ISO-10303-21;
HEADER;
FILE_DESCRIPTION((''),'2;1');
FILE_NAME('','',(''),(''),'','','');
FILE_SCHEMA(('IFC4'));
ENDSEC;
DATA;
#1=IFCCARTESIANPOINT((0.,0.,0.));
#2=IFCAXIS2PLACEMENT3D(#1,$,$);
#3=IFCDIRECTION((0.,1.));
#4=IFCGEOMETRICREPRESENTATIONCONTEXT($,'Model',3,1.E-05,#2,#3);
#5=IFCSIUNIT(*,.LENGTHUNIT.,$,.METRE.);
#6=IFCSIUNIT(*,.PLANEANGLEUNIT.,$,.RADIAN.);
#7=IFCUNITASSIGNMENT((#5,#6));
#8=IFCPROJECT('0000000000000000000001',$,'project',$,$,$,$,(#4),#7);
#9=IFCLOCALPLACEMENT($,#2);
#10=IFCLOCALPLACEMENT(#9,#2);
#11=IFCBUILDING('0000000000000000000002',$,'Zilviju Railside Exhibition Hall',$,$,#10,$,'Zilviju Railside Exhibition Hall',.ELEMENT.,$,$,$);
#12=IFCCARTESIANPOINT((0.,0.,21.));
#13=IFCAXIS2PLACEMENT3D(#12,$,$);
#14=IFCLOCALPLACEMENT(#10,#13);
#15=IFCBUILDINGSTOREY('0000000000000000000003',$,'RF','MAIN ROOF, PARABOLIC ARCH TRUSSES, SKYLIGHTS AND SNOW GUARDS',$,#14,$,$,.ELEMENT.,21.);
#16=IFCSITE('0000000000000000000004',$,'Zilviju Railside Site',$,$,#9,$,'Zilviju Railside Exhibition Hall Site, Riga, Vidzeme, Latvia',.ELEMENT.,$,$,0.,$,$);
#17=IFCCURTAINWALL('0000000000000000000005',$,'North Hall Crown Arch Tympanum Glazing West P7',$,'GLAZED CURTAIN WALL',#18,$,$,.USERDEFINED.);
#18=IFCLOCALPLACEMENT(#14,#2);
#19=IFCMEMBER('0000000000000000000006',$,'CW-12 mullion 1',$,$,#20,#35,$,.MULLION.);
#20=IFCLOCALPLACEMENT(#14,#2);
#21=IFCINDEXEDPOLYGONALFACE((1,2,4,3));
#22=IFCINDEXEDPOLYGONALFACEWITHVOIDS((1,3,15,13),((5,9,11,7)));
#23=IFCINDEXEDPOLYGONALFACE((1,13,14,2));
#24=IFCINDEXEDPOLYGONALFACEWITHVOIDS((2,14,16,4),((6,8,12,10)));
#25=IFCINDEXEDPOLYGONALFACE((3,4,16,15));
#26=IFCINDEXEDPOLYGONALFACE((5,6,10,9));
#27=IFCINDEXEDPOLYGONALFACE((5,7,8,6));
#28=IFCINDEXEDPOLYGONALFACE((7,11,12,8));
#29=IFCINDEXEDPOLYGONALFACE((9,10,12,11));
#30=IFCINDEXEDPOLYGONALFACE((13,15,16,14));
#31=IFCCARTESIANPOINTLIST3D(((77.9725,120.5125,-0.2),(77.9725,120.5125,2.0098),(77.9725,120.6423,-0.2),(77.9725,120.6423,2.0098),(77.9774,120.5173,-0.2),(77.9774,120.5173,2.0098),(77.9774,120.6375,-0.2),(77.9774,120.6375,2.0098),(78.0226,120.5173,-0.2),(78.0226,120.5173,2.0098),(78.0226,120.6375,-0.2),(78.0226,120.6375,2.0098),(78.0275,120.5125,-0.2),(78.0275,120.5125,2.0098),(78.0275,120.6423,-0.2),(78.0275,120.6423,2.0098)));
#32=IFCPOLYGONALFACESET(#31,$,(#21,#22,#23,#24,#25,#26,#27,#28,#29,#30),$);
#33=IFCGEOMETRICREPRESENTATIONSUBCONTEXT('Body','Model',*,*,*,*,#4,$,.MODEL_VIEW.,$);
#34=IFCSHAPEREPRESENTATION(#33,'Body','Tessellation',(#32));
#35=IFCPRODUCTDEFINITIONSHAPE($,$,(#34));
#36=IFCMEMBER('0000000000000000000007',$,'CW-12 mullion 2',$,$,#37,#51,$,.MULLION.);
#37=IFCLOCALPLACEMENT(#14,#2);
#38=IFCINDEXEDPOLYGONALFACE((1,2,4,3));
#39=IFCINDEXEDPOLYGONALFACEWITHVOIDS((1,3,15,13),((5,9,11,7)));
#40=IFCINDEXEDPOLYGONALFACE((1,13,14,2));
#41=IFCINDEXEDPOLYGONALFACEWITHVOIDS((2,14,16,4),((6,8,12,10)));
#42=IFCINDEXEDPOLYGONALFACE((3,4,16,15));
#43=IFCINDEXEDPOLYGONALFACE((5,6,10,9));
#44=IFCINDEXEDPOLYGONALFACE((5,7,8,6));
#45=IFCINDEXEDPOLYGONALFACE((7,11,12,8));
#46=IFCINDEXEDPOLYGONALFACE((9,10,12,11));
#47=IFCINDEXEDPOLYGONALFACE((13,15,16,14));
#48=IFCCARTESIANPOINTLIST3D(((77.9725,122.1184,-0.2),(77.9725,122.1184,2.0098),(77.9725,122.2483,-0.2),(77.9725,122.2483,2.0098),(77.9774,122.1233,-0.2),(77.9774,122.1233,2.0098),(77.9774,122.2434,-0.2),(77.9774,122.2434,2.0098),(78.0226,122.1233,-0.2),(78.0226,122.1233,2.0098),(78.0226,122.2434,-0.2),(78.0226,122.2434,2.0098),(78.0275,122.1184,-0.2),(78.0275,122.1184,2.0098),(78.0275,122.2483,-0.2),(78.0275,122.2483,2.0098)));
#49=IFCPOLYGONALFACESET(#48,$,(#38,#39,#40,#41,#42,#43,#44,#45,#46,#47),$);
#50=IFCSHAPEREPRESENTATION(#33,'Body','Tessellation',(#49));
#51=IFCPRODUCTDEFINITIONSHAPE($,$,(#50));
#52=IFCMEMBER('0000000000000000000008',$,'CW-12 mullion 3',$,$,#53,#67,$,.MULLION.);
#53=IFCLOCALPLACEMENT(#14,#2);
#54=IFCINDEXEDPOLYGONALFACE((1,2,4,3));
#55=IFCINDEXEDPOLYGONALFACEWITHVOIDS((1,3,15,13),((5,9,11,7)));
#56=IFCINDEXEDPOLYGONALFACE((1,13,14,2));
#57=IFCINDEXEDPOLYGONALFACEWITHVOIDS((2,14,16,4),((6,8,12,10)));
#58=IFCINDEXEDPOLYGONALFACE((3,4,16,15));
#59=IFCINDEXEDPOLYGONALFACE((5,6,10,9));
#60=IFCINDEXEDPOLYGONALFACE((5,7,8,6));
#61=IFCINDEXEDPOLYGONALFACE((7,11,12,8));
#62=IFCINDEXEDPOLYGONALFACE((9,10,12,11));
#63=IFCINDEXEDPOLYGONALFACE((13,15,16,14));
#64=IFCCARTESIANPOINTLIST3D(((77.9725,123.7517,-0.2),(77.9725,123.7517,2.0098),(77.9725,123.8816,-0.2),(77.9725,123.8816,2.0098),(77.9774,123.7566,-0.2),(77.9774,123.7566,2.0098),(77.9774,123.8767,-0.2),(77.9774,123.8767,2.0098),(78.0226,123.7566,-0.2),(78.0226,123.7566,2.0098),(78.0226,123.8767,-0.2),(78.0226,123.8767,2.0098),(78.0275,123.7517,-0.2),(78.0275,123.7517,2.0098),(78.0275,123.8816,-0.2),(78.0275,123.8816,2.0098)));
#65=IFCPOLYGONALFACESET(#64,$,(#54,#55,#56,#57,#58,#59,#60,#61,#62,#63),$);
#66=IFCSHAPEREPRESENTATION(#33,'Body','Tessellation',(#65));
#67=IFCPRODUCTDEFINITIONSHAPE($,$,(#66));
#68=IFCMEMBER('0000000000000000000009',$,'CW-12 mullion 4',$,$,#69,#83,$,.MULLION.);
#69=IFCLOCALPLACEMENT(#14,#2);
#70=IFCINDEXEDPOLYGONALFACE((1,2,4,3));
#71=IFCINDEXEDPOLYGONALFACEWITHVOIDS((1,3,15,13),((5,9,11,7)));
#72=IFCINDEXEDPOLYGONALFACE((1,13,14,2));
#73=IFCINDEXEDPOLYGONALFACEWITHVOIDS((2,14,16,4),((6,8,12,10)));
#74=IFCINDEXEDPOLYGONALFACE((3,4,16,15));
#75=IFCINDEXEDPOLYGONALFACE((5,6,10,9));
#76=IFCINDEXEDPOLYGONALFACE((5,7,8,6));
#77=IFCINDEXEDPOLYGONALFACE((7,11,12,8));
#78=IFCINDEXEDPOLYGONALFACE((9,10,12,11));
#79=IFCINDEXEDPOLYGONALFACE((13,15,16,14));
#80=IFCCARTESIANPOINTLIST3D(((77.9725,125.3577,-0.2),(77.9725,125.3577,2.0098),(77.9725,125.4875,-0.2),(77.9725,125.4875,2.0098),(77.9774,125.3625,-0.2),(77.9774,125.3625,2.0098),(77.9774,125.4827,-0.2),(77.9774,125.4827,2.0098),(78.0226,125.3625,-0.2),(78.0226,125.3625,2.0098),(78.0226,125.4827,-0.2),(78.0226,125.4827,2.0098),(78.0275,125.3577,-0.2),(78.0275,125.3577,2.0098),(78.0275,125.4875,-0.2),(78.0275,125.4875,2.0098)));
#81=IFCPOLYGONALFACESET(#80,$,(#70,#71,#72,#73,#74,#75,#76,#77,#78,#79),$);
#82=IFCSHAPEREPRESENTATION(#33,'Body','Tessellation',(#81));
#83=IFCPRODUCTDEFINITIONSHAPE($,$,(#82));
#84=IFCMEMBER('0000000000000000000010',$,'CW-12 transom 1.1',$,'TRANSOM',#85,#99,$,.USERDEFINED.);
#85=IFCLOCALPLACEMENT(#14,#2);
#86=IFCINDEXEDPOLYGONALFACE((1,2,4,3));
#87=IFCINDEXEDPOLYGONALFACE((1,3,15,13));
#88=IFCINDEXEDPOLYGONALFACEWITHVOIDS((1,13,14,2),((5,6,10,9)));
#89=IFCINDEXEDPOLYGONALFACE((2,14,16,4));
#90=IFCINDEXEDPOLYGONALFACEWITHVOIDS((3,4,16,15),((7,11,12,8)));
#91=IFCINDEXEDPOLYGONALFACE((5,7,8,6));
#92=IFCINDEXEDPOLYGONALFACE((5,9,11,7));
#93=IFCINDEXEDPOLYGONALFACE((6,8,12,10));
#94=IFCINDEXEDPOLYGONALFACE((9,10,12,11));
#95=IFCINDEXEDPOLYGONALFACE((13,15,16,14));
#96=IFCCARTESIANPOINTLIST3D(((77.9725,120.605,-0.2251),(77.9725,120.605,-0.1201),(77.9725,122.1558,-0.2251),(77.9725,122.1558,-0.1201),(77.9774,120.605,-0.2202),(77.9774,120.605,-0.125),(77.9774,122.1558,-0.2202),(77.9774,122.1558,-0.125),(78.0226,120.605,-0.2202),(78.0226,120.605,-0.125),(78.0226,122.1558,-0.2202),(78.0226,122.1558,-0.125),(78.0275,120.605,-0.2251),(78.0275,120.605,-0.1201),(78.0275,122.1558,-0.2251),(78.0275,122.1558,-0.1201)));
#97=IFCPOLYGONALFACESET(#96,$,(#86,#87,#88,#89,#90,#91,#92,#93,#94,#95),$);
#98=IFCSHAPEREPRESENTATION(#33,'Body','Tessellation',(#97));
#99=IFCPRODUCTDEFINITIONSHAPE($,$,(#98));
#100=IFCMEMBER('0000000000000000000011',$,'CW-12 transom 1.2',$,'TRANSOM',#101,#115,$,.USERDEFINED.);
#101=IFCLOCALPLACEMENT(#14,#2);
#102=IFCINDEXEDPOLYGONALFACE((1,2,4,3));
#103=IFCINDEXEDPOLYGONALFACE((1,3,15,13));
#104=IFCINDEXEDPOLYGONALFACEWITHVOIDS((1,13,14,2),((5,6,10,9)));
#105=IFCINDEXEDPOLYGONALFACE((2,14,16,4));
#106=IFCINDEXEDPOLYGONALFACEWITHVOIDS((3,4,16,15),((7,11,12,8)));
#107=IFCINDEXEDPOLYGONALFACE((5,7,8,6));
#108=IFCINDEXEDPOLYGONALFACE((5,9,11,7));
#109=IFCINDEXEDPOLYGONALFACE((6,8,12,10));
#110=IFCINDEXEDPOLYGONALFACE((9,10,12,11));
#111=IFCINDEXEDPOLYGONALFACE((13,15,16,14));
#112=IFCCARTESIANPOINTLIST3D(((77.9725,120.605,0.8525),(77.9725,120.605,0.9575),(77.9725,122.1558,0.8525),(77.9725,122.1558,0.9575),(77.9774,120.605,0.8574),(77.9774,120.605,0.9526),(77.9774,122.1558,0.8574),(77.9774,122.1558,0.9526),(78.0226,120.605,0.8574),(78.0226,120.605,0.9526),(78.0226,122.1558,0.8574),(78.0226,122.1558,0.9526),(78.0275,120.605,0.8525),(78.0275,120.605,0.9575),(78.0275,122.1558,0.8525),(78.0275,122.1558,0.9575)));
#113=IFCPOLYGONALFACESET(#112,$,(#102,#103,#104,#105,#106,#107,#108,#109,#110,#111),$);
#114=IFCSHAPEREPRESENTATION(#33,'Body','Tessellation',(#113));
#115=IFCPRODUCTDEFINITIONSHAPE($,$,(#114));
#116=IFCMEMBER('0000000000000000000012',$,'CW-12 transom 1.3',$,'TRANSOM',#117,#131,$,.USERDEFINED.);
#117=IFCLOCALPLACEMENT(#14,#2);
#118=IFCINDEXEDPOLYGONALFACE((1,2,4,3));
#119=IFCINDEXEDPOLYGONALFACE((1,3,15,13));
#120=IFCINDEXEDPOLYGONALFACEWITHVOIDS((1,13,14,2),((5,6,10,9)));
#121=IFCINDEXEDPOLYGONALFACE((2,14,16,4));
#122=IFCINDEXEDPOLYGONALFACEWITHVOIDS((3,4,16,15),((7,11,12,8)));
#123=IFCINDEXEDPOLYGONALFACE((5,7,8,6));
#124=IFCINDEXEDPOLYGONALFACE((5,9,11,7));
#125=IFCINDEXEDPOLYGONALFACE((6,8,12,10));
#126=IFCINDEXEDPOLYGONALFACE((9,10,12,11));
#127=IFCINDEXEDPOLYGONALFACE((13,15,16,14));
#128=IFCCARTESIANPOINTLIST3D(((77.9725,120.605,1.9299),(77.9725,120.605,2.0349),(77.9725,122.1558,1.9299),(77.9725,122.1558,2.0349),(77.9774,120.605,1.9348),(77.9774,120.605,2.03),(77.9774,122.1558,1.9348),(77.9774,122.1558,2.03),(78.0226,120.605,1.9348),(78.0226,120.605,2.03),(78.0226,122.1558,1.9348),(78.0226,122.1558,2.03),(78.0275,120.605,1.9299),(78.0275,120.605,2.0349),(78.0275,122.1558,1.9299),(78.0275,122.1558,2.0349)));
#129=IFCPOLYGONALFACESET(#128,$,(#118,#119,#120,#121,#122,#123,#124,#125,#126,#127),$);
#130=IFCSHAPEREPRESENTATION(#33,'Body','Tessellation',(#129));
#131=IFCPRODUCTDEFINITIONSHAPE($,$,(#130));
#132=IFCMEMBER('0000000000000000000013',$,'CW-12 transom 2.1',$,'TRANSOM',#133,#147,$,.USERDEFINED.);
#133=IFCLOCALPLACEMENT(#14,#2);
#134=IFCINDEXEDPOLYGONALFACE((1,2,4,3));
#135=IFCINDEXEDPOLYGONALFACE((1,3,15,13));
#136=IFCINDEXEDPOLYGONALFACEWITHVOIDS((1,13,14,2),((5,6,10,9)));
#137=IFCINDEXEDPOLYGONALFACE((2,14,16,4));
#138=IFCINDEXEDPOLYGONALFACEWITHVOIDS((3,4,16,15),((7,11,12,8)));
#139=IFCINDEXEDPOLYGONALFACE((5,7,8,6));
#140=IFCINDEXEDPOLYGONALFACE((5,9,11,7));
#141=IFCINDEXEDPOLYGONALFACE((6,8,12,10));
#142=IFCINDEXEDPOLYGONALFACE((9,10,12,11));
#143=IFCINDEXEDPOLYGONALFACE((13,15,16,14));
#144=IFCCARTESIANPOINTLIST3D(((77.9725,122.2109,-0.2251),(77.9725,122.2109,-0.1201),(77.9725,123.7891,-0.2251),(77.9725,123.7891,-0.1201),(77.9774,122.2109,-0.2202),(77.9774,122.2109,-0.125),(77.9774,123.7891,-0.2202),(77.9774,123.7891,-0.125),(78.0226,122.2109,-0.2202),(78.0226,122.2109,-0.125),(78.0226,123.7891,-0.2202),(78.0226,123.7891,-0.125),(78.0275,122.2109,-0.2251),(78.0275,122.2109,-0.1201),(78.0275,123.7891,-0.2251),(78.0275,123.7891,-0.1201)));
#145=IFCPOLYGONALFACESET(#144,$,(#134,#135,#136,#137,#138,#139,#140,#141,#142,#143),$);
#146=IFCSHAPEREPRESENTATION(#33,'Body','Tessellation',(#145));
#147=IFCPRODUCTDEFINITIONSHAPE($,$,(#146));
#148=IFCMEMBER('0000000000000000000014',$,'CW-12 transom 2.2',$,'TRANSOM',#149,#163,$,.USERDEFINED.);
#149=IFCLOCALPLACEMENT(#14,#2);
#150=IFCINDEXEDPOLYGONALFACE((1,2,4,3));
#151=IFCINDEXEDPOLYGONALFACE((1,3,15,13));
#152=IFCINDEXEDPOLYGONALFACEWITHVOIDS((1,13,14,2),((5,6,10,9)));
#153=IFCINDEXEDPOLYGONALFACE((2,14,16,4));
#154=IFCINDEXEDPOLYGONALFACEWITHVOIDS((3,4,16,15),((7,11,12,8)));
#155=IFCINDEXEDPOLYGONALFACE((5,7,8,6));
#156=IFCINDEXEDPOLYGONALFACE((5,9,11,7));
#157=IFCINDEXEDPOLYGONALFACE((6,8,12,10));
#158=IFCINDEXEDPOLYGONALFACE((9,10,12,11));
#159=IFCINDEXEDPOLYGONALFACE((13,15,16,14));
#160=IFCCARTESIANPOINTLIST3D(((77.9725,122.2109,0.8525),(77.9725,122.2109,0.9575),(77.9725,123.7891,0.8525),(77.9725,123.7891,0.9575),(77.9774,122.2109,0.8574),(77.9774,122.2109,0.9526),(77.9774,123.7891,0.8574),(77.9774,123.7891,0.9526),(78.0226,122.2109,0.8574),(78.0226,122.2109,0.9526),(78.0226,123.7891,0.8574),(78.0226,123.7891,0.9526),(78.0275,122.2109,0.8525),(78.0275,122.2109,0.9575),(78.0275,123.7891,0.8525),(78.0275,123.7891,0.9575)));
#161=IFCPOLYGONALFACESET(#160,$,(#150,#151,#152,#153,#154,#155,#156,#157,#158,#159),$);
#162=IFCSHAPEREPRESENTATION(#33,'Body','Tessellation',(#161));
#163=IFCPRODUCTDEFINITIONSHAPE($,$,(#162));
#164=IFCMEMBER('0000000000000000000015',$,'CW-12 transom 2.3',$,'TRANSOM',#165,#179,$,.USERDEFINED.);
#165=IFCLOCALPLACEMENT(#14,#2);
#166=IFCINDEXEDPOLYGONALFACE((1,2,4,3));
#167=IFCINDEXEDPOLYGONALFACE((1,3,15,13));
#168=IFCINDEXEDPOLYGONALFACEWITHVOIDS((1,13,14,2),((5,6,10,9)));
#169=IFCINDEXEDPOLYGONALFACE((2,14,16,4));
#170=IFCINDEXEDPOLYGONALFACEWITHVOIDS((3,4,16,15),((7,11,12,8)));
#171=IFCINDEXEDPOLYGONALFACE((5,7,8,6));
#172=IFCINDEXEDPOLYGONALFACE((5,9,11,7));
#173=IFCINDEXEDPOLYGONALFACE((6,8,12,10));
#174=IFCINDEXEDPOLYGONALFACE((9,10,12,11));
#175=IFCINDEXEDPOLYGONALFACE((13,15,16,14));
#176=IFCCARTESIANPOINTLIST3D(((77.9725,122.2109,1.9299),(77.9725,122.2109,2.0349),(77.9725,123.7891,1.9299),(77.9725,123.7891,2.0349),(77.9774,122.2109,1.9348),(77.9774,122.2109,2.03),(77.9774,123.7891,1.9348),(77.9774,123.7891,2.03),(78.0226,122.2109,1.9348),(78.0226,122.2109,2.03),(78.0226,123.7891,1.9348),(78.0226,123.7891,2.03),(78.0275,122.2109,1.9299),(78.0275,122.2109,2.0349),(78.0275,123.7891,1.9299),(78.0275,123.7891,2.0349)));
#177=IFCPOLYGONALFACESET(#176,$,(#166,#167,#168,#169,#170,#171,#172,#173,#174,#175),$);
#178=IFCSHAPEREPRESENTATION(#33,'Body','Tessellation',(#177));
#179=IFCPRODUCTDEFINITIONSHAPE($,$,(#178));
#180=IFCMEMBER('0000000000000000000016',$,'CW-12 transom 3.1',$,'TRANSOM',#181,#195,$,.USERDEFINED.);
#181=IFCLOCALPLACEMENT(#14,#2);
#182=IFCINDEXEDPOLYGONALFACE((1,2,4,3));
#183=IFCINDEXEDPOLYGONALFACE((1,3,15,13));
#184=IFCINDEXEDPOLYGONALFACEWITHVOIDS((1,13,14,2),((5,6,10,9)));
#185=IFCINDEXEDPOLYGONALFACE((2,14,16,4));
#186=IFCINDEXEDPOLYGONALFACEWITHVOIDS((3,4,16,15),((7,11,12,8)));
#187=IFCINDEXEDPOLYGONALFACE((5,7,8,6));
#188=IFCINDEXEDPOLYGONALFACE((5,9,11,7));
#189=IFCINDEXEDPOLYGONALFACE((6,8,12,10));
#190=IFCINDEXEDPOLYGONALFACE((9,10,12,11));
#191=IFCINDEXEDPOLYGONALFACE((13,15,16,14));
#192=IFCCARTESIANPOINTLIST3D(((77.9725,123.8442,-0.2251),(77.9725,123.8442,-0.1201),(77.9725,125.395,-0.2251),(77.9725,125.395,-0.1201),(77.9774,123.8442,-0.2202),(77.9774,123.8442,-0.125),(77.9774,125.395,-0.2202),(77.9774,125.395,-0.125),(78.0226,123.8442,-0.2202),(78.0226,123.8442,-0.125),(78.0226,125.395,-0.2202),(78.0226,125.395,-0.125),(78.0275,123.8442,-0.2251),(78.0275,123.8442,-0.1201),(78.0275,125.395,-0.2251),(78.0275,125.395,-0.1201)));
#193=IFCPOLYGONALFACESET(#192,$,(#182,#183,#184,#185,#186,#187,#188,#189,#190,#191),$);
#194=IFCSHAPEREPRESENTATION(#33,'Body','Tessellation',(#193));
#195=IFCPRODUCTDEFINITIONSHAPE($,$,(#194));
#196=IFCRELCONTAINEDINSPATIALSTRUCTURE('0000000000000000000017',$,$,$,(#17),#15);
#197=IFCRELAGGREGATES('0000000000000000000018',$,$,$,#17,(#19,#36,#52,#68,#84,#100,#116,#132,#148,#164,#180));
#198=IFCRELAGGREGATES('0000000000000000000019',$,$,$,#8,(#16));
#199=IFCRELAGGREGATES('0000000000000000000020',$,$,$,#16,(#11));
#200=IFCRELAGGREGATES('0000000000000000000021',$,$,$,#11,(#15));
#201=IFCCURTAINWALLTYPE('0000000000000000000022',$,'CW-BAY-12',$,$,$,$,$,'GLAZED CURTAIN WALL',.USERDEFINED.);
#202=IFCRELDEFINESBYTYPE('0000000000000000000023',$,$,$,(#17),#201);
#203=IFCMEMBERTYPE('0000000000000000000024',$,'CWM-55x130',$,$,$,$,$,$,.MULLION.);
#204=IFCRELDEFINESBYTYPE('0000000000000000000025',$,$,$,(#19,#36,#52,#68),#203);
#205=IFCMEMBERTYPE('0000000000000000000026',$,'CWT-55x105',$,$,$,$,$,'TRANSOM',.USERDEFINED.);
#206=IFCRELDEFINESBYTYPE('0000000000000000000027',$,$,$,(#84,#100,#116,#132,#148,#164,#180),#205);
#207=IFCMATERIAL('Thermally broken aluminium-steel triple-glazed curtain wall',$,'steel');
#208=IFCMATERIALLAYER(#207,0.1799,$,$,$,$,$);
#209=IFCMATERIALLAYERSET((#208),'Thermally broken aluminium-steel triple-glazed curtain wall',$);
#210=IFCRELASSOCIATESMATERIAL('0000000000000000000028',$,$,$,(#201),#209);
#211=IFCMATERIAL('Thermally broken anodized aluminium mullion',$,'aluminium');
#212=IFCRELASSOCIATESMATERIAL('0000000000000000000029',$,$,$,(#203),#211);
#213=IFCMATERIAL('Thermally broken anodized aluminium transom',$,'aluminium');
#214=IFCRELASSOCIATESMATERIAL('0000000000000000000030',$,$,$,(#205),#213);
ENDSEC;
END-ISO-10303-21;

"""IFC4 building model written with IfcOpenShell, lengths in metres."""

from ifc_helpers import new_model, si_unit, direction, frame, origin, origin_2d, place, context, subcontext, project, spatial, hollow_rectangle, extrude, material, layer, layer_set, material_profile, profile_set, type_object, element, aggregate, save


model = new_model("IFC4")

# Units and contexts
model_context = context("Model", 3, precision=1e-05, world=origin(), true_north=direction((0.0, 1.0)))
body_context = subcontext(model_context, "Body", "Model", "MODEL_VIEW")
ifc_project = project(units=[si_unit("LENGTHUNIT", "METRE"), si_unit("PLANEANGLEUNIT", "RADIAN")], contexts=[model_context])

# Site, building, storey
site_placement = place(None, origin())
site = spatial("IfcSite", under=ifc_project, at=site_placement, Name="Zilviju Railside Site", LongName="Zilviju Railside Exhibition Hall Site, Riga, Vidzeme, Latvia", CompositionType="ELEMENT", RefElevation=0.0)
building_placement = place(site_placement, origin())
building = spatial("IfcBuilding", under=site, at=building_placement, Name="Zilviju Railside Exhibition Hall", LongName="Zilviju Railside Exhibition Hall", CompositionType="ELEMENT")
storey_placement = place(building_placement, frame((0.0, 0.0, 21.0)))
storey = spatial("IfcBuildingStorey", under=building, at=storey_placement, Name="RF", Description="MAIN ROOF, PARABOLIC ARCH TRUSSES, SKYLIGHTS AND SNOW GUARDS", CompositionType="ELEMENT", Elevation=21.0)

# Curtain wall, members
ifc_material_1 = material(Name="Thermally broken aluminium-steel triple-glazed curtain wall", Category="steel")
ifc_layer_1 = layer(ifc_material_1, 0.1799)
ifc_layer_set_1 = layer_set([ifc_layer_1], Name="Thermally broken aluminium-steel triple-glazed curtain wall")
curtain_wall_type_1 = type_object("IfcCurtainWallType", Name="CW-BAY-12", ElementType="GLAZED CURTAIN WALL", PredefinedType="USERDEFINED", material=ifc_layer_set_1)
curtain_wall_1_placement = place(storey_placement, origin())
curtain_wall_1 = element("IfcCurtainWall", 1, at=curtain_wall_1_placement, inside=storey, type_object=curtain_wall_type_1, Name="North Hall Crown Arch Tympanum Glazing West P7", ObjectType="GLAZED CURTAIN WALL", PredefinedType="USERDEFINED")
ifc_material_2 = material(Name="Thermally broken anodized aluminium mullion", Category="aluminium")
ifc_material_profile_1 = material_profile(ifc_material_2, hollow_rectangle(XDim=0.0549, YDim=0.1299, WallThickness=0.0049, at=origin_2d()), Name="MULLION 130x55x5")
ifc_profile_set_1 = profile_set([ifc_material_profile_1], Name="Thermally broken anodized aluminium mullion")
member_type_1 = type_object("IfcMemberType", Name="CWM-55x130", PredefinedType="MULLION", material=ifc_profile_set_1)
member_1_placement = place(storey_placement, frame((78.0, 120.5774, -0.2), z_axis=(0.0, 0.0, 1.0), x_axis=(-1.0, 0.0, 0.0)))
member_1 = element("IfcMember", 2, at=member_1_placement, type_object=member_type_1, Name="CW-12 mullion 1", PredefinedType="MULLION", context=body_context, shape_type="SweptSolid", body=[
    extrude(hollow_rectangle(XDim=0.0549, YDim=0.1299, WallThickness=0.0049, at=origin_2d()), origin(), (0.0, 0.0, 1.0), 2.2097),
])
member_2_placement = place(storey_placement, frame((78.0, 122.1833, -0.2), z_axis=(0.0, 0.0, 1.0), x_axis=(-1.0, 0.0, 0.0)))
member_2 = element("IfcMember", 3, at=member_2_placement, type_object=member_type_1, Name="CW-12 mullion 2", PredefinedType="MULLION", context=body_context, shape_type="SweptSolid", body=[
    extrude(hollow_rectangle(XDim=0.0549, YDim=0.1299, WallThickness=0.0049, at=origin_2d()), origin(), (0.0, 0.0, 1.0), 2.2097),
])
member_3_placement = place(storey_placement, frame((78.0, 123.8167, -0.2), z_axis=(0.0, 0.0, 1.0), x_axis=(-1.0, 0.0, 0.0)))
member_3 = element("IfcMember", 4, at=member_3_placement, type_object=member_type_1, Name="CW-12 mullion 3", PredefinedType="MULLION", context=body_context, shape_type="SweptSolid", body=[
    extrude(hollow_rectangle(XDim=0.0549, YDim=0.1299, WallThickness=0.0049, at=origin_2d()), origin(), (0.0, 0.0, 1.0), 2.2097),
])
member_4_placement = place(storey_placement, frame((78.0, 125.4226, -0.2), z_axis=(0.0, 0.0, 1.0), x_axis=(-1.0, 0.0, 0.0)))
member_4 = element("IfcMember", 5, at=member_4_placement, type_object=member_type_1, Name="CW-12 mullion 4", PredefinedType="MULLION", context=body_context, shape_type="SweptSolid", body=[
    extrude(hollow_rectangle(XDim=0.0549, YDim=0.1299, WallThickness=0.0049, at=origin_2d()), origin(), (0.0, 0.0, 1.0), 2.2097),
])
ifc_material_3 = material(Name="Thermally broken anodized aluminium transom", Category="aluminium")
ifc_material_profile_2 = material_profile(ifc_material_3, hollow_rectangle(XDim=0.0549, YDim=0.105, WallThickness=0.0049, at=origin_2d()), Name="TRANSOM 105x55x5")
ifc_profile_set_2 = profile_set([ifc_material_profile_2], Name="Thermally broken anodized aluminium transom")
member_type_2 = type_object("IfcMemberType", Name="CWT-55x105", ElementType="TRANSOM", PredefinedType="USERDEFINED", material=ifc_profile_set_2)
member_5_placement = place(storey_placement, frame((78.0, 120.605, -0.1726), z_axis=(0.0, 1.0, 0.0), x_axis=(-1.0, 0.0, 0.0)))
member_5 = element("IfcMember", 6, at=member_5_placement, type_object=member_type_2, Name="CW-12 transom 1.1", ObjectType="TRANSOM", PredefinedType="USERDEFINED", context=body_context, shape_type="SweptSolid", body=[
    extrude(hollow_rectangle(XDim=0.0549, YDim=0.105, WallThickness=0.0049, at=origin_2d()), origin(), (0.0, 0.0, 1.0), 1.5508),
])
member_6_placement = place(storey_placement, frame((78.0, 120.605, 0.905), z_axis=(0.0, 1.0, 0.0), x_axis=(-1.0, 0.0, 0.0)))
member_6 = element("IfcMember", 7, at=member_6_placement, type_object=member_type_2, Name="CW-12 transom 1.2", ObjectType="TRANSOM", PredefinedType="USERDEFINED", context=body_context, shape_type="SweptSolid", body=[
    extrude(hollow_rectangle(XDim=0.0549, YDim=0.105, WallThickness=0.0049, at=origin_2d()), origin(), (0.0, 0.0, 1.0), 1.5508),
])
member_7_placement = place(storey_placement, frame((78.0, 120.605, 1.9824), z_axis=(0.0, 1.0, 0.0), x_axis=(-1.0, 0.0, 0.0)))
member_7 = element("IfcMember", 8, at=member_7_placement, type_object=member_type_2, Name="CW-12 transom 1.3", ObjectType="TRANSOM", PredefinedType="USERDEFINED", context=body_context, shape_type="SweptSolid", body=[
    extrude(hollow_rectangle(XDim=0.0549, YDim=0.105, WallThickness=0.0049, at=origin_2d()), origin(), (0.0, 0.0, 1.0), 1.5508),
])
member_8_placement = place(storey_placement, frame((78.0, 122.2109, -0.1726), z_axis=(0.0, 1.0, 0.0), x_axis=(-1.0, 0.0, 0.0)))
member_8 = element("IfcMember", 9, at=member_8_placement, type_object=member_type_2, Name="CW-12 transom 2.1", ObjectType="TRANSOM", PredefinedType="USERDEFINED", context=body_context, shape_type="SweptSolid", body=[
    extrude(hollow_rectangle(XDim=0.0549, YDim=0.105, WallThickness=0.0049, at=origin_2d()), origin(), (0.0, 0.0, 1.0), 1.5781),
])
member_9_placement = place(storey_placement, frame((78.0, 122.2109, 0.905), z_axis=(0.0, 1.0, 0.0), x_axis=(-1.0, 0.0, 0.0)))
member_9 = element("IfcMember", 10, at=member_9_placement, type_object=member_type_2, Name="CW-12 transom 2.2", ObjectType="TRANSOM", PredefinedType="USERDEFINED", context=body_context, shape_type="SweptSolid", body=[
    extrude(hollow_rectangle(XDim=0.0549, YDim=0.105, WallThickness=0.0049, at=origin_2d()), origin(), (0.0, 0.0, 1.0), 1.5781),
])
member_10_placement = place(storey_placement, frame((78.0, 122.2109, 1.9824), z_axis=(0.0, 1.0, 0.0), x_axis=(-1.0, 0.0, 0.0)))
member_10 = element("IfcMember", 11, at=member_10_placement, type_object=member_type_2, Name="CW-12 transom 2.3", ObjectType="TRANSOM", PredefinedType="USERDEFINED", context=body_context, shape_type="SweptSolid", body=[
    extrude(hollow_rectangle(XDim=0.0549, YDim=0.105, WallThickness=0.0049, at=origin_2d()), origin(), (0.0, 0.0, 1.0), 1.5781),
])
member_11_placement = place(storey_placement, frame((78.0, 123.8442, -0.1726), z_axis=(0.0, 1.0, 0.0), x_axis=(-1.0, 0.0, 0.0)))
member_11 = element("IfcMember", 12, at=member_11_placement, type_object=member_type_2, Name="CW-12 transom 3.1", ObjectType="TRANSOM", PredefinedType="USERDEFINED", context=body_context, shape_type="SweptSolid", body=[
    extrude(hollow_rectangle(XDim=0.0549, YDim=0.105, WallThickness=0.0049, at=origin_2d()), origin(), (0.0, 0.0, 1.0), 1.5508),
])

aggregate(curtain_wall_1, [member_1, member_2, member_3, member_4, member_5, member_6, member_7, member_8, member_9, member_10, member_11])

save(model, "model.ifc")
